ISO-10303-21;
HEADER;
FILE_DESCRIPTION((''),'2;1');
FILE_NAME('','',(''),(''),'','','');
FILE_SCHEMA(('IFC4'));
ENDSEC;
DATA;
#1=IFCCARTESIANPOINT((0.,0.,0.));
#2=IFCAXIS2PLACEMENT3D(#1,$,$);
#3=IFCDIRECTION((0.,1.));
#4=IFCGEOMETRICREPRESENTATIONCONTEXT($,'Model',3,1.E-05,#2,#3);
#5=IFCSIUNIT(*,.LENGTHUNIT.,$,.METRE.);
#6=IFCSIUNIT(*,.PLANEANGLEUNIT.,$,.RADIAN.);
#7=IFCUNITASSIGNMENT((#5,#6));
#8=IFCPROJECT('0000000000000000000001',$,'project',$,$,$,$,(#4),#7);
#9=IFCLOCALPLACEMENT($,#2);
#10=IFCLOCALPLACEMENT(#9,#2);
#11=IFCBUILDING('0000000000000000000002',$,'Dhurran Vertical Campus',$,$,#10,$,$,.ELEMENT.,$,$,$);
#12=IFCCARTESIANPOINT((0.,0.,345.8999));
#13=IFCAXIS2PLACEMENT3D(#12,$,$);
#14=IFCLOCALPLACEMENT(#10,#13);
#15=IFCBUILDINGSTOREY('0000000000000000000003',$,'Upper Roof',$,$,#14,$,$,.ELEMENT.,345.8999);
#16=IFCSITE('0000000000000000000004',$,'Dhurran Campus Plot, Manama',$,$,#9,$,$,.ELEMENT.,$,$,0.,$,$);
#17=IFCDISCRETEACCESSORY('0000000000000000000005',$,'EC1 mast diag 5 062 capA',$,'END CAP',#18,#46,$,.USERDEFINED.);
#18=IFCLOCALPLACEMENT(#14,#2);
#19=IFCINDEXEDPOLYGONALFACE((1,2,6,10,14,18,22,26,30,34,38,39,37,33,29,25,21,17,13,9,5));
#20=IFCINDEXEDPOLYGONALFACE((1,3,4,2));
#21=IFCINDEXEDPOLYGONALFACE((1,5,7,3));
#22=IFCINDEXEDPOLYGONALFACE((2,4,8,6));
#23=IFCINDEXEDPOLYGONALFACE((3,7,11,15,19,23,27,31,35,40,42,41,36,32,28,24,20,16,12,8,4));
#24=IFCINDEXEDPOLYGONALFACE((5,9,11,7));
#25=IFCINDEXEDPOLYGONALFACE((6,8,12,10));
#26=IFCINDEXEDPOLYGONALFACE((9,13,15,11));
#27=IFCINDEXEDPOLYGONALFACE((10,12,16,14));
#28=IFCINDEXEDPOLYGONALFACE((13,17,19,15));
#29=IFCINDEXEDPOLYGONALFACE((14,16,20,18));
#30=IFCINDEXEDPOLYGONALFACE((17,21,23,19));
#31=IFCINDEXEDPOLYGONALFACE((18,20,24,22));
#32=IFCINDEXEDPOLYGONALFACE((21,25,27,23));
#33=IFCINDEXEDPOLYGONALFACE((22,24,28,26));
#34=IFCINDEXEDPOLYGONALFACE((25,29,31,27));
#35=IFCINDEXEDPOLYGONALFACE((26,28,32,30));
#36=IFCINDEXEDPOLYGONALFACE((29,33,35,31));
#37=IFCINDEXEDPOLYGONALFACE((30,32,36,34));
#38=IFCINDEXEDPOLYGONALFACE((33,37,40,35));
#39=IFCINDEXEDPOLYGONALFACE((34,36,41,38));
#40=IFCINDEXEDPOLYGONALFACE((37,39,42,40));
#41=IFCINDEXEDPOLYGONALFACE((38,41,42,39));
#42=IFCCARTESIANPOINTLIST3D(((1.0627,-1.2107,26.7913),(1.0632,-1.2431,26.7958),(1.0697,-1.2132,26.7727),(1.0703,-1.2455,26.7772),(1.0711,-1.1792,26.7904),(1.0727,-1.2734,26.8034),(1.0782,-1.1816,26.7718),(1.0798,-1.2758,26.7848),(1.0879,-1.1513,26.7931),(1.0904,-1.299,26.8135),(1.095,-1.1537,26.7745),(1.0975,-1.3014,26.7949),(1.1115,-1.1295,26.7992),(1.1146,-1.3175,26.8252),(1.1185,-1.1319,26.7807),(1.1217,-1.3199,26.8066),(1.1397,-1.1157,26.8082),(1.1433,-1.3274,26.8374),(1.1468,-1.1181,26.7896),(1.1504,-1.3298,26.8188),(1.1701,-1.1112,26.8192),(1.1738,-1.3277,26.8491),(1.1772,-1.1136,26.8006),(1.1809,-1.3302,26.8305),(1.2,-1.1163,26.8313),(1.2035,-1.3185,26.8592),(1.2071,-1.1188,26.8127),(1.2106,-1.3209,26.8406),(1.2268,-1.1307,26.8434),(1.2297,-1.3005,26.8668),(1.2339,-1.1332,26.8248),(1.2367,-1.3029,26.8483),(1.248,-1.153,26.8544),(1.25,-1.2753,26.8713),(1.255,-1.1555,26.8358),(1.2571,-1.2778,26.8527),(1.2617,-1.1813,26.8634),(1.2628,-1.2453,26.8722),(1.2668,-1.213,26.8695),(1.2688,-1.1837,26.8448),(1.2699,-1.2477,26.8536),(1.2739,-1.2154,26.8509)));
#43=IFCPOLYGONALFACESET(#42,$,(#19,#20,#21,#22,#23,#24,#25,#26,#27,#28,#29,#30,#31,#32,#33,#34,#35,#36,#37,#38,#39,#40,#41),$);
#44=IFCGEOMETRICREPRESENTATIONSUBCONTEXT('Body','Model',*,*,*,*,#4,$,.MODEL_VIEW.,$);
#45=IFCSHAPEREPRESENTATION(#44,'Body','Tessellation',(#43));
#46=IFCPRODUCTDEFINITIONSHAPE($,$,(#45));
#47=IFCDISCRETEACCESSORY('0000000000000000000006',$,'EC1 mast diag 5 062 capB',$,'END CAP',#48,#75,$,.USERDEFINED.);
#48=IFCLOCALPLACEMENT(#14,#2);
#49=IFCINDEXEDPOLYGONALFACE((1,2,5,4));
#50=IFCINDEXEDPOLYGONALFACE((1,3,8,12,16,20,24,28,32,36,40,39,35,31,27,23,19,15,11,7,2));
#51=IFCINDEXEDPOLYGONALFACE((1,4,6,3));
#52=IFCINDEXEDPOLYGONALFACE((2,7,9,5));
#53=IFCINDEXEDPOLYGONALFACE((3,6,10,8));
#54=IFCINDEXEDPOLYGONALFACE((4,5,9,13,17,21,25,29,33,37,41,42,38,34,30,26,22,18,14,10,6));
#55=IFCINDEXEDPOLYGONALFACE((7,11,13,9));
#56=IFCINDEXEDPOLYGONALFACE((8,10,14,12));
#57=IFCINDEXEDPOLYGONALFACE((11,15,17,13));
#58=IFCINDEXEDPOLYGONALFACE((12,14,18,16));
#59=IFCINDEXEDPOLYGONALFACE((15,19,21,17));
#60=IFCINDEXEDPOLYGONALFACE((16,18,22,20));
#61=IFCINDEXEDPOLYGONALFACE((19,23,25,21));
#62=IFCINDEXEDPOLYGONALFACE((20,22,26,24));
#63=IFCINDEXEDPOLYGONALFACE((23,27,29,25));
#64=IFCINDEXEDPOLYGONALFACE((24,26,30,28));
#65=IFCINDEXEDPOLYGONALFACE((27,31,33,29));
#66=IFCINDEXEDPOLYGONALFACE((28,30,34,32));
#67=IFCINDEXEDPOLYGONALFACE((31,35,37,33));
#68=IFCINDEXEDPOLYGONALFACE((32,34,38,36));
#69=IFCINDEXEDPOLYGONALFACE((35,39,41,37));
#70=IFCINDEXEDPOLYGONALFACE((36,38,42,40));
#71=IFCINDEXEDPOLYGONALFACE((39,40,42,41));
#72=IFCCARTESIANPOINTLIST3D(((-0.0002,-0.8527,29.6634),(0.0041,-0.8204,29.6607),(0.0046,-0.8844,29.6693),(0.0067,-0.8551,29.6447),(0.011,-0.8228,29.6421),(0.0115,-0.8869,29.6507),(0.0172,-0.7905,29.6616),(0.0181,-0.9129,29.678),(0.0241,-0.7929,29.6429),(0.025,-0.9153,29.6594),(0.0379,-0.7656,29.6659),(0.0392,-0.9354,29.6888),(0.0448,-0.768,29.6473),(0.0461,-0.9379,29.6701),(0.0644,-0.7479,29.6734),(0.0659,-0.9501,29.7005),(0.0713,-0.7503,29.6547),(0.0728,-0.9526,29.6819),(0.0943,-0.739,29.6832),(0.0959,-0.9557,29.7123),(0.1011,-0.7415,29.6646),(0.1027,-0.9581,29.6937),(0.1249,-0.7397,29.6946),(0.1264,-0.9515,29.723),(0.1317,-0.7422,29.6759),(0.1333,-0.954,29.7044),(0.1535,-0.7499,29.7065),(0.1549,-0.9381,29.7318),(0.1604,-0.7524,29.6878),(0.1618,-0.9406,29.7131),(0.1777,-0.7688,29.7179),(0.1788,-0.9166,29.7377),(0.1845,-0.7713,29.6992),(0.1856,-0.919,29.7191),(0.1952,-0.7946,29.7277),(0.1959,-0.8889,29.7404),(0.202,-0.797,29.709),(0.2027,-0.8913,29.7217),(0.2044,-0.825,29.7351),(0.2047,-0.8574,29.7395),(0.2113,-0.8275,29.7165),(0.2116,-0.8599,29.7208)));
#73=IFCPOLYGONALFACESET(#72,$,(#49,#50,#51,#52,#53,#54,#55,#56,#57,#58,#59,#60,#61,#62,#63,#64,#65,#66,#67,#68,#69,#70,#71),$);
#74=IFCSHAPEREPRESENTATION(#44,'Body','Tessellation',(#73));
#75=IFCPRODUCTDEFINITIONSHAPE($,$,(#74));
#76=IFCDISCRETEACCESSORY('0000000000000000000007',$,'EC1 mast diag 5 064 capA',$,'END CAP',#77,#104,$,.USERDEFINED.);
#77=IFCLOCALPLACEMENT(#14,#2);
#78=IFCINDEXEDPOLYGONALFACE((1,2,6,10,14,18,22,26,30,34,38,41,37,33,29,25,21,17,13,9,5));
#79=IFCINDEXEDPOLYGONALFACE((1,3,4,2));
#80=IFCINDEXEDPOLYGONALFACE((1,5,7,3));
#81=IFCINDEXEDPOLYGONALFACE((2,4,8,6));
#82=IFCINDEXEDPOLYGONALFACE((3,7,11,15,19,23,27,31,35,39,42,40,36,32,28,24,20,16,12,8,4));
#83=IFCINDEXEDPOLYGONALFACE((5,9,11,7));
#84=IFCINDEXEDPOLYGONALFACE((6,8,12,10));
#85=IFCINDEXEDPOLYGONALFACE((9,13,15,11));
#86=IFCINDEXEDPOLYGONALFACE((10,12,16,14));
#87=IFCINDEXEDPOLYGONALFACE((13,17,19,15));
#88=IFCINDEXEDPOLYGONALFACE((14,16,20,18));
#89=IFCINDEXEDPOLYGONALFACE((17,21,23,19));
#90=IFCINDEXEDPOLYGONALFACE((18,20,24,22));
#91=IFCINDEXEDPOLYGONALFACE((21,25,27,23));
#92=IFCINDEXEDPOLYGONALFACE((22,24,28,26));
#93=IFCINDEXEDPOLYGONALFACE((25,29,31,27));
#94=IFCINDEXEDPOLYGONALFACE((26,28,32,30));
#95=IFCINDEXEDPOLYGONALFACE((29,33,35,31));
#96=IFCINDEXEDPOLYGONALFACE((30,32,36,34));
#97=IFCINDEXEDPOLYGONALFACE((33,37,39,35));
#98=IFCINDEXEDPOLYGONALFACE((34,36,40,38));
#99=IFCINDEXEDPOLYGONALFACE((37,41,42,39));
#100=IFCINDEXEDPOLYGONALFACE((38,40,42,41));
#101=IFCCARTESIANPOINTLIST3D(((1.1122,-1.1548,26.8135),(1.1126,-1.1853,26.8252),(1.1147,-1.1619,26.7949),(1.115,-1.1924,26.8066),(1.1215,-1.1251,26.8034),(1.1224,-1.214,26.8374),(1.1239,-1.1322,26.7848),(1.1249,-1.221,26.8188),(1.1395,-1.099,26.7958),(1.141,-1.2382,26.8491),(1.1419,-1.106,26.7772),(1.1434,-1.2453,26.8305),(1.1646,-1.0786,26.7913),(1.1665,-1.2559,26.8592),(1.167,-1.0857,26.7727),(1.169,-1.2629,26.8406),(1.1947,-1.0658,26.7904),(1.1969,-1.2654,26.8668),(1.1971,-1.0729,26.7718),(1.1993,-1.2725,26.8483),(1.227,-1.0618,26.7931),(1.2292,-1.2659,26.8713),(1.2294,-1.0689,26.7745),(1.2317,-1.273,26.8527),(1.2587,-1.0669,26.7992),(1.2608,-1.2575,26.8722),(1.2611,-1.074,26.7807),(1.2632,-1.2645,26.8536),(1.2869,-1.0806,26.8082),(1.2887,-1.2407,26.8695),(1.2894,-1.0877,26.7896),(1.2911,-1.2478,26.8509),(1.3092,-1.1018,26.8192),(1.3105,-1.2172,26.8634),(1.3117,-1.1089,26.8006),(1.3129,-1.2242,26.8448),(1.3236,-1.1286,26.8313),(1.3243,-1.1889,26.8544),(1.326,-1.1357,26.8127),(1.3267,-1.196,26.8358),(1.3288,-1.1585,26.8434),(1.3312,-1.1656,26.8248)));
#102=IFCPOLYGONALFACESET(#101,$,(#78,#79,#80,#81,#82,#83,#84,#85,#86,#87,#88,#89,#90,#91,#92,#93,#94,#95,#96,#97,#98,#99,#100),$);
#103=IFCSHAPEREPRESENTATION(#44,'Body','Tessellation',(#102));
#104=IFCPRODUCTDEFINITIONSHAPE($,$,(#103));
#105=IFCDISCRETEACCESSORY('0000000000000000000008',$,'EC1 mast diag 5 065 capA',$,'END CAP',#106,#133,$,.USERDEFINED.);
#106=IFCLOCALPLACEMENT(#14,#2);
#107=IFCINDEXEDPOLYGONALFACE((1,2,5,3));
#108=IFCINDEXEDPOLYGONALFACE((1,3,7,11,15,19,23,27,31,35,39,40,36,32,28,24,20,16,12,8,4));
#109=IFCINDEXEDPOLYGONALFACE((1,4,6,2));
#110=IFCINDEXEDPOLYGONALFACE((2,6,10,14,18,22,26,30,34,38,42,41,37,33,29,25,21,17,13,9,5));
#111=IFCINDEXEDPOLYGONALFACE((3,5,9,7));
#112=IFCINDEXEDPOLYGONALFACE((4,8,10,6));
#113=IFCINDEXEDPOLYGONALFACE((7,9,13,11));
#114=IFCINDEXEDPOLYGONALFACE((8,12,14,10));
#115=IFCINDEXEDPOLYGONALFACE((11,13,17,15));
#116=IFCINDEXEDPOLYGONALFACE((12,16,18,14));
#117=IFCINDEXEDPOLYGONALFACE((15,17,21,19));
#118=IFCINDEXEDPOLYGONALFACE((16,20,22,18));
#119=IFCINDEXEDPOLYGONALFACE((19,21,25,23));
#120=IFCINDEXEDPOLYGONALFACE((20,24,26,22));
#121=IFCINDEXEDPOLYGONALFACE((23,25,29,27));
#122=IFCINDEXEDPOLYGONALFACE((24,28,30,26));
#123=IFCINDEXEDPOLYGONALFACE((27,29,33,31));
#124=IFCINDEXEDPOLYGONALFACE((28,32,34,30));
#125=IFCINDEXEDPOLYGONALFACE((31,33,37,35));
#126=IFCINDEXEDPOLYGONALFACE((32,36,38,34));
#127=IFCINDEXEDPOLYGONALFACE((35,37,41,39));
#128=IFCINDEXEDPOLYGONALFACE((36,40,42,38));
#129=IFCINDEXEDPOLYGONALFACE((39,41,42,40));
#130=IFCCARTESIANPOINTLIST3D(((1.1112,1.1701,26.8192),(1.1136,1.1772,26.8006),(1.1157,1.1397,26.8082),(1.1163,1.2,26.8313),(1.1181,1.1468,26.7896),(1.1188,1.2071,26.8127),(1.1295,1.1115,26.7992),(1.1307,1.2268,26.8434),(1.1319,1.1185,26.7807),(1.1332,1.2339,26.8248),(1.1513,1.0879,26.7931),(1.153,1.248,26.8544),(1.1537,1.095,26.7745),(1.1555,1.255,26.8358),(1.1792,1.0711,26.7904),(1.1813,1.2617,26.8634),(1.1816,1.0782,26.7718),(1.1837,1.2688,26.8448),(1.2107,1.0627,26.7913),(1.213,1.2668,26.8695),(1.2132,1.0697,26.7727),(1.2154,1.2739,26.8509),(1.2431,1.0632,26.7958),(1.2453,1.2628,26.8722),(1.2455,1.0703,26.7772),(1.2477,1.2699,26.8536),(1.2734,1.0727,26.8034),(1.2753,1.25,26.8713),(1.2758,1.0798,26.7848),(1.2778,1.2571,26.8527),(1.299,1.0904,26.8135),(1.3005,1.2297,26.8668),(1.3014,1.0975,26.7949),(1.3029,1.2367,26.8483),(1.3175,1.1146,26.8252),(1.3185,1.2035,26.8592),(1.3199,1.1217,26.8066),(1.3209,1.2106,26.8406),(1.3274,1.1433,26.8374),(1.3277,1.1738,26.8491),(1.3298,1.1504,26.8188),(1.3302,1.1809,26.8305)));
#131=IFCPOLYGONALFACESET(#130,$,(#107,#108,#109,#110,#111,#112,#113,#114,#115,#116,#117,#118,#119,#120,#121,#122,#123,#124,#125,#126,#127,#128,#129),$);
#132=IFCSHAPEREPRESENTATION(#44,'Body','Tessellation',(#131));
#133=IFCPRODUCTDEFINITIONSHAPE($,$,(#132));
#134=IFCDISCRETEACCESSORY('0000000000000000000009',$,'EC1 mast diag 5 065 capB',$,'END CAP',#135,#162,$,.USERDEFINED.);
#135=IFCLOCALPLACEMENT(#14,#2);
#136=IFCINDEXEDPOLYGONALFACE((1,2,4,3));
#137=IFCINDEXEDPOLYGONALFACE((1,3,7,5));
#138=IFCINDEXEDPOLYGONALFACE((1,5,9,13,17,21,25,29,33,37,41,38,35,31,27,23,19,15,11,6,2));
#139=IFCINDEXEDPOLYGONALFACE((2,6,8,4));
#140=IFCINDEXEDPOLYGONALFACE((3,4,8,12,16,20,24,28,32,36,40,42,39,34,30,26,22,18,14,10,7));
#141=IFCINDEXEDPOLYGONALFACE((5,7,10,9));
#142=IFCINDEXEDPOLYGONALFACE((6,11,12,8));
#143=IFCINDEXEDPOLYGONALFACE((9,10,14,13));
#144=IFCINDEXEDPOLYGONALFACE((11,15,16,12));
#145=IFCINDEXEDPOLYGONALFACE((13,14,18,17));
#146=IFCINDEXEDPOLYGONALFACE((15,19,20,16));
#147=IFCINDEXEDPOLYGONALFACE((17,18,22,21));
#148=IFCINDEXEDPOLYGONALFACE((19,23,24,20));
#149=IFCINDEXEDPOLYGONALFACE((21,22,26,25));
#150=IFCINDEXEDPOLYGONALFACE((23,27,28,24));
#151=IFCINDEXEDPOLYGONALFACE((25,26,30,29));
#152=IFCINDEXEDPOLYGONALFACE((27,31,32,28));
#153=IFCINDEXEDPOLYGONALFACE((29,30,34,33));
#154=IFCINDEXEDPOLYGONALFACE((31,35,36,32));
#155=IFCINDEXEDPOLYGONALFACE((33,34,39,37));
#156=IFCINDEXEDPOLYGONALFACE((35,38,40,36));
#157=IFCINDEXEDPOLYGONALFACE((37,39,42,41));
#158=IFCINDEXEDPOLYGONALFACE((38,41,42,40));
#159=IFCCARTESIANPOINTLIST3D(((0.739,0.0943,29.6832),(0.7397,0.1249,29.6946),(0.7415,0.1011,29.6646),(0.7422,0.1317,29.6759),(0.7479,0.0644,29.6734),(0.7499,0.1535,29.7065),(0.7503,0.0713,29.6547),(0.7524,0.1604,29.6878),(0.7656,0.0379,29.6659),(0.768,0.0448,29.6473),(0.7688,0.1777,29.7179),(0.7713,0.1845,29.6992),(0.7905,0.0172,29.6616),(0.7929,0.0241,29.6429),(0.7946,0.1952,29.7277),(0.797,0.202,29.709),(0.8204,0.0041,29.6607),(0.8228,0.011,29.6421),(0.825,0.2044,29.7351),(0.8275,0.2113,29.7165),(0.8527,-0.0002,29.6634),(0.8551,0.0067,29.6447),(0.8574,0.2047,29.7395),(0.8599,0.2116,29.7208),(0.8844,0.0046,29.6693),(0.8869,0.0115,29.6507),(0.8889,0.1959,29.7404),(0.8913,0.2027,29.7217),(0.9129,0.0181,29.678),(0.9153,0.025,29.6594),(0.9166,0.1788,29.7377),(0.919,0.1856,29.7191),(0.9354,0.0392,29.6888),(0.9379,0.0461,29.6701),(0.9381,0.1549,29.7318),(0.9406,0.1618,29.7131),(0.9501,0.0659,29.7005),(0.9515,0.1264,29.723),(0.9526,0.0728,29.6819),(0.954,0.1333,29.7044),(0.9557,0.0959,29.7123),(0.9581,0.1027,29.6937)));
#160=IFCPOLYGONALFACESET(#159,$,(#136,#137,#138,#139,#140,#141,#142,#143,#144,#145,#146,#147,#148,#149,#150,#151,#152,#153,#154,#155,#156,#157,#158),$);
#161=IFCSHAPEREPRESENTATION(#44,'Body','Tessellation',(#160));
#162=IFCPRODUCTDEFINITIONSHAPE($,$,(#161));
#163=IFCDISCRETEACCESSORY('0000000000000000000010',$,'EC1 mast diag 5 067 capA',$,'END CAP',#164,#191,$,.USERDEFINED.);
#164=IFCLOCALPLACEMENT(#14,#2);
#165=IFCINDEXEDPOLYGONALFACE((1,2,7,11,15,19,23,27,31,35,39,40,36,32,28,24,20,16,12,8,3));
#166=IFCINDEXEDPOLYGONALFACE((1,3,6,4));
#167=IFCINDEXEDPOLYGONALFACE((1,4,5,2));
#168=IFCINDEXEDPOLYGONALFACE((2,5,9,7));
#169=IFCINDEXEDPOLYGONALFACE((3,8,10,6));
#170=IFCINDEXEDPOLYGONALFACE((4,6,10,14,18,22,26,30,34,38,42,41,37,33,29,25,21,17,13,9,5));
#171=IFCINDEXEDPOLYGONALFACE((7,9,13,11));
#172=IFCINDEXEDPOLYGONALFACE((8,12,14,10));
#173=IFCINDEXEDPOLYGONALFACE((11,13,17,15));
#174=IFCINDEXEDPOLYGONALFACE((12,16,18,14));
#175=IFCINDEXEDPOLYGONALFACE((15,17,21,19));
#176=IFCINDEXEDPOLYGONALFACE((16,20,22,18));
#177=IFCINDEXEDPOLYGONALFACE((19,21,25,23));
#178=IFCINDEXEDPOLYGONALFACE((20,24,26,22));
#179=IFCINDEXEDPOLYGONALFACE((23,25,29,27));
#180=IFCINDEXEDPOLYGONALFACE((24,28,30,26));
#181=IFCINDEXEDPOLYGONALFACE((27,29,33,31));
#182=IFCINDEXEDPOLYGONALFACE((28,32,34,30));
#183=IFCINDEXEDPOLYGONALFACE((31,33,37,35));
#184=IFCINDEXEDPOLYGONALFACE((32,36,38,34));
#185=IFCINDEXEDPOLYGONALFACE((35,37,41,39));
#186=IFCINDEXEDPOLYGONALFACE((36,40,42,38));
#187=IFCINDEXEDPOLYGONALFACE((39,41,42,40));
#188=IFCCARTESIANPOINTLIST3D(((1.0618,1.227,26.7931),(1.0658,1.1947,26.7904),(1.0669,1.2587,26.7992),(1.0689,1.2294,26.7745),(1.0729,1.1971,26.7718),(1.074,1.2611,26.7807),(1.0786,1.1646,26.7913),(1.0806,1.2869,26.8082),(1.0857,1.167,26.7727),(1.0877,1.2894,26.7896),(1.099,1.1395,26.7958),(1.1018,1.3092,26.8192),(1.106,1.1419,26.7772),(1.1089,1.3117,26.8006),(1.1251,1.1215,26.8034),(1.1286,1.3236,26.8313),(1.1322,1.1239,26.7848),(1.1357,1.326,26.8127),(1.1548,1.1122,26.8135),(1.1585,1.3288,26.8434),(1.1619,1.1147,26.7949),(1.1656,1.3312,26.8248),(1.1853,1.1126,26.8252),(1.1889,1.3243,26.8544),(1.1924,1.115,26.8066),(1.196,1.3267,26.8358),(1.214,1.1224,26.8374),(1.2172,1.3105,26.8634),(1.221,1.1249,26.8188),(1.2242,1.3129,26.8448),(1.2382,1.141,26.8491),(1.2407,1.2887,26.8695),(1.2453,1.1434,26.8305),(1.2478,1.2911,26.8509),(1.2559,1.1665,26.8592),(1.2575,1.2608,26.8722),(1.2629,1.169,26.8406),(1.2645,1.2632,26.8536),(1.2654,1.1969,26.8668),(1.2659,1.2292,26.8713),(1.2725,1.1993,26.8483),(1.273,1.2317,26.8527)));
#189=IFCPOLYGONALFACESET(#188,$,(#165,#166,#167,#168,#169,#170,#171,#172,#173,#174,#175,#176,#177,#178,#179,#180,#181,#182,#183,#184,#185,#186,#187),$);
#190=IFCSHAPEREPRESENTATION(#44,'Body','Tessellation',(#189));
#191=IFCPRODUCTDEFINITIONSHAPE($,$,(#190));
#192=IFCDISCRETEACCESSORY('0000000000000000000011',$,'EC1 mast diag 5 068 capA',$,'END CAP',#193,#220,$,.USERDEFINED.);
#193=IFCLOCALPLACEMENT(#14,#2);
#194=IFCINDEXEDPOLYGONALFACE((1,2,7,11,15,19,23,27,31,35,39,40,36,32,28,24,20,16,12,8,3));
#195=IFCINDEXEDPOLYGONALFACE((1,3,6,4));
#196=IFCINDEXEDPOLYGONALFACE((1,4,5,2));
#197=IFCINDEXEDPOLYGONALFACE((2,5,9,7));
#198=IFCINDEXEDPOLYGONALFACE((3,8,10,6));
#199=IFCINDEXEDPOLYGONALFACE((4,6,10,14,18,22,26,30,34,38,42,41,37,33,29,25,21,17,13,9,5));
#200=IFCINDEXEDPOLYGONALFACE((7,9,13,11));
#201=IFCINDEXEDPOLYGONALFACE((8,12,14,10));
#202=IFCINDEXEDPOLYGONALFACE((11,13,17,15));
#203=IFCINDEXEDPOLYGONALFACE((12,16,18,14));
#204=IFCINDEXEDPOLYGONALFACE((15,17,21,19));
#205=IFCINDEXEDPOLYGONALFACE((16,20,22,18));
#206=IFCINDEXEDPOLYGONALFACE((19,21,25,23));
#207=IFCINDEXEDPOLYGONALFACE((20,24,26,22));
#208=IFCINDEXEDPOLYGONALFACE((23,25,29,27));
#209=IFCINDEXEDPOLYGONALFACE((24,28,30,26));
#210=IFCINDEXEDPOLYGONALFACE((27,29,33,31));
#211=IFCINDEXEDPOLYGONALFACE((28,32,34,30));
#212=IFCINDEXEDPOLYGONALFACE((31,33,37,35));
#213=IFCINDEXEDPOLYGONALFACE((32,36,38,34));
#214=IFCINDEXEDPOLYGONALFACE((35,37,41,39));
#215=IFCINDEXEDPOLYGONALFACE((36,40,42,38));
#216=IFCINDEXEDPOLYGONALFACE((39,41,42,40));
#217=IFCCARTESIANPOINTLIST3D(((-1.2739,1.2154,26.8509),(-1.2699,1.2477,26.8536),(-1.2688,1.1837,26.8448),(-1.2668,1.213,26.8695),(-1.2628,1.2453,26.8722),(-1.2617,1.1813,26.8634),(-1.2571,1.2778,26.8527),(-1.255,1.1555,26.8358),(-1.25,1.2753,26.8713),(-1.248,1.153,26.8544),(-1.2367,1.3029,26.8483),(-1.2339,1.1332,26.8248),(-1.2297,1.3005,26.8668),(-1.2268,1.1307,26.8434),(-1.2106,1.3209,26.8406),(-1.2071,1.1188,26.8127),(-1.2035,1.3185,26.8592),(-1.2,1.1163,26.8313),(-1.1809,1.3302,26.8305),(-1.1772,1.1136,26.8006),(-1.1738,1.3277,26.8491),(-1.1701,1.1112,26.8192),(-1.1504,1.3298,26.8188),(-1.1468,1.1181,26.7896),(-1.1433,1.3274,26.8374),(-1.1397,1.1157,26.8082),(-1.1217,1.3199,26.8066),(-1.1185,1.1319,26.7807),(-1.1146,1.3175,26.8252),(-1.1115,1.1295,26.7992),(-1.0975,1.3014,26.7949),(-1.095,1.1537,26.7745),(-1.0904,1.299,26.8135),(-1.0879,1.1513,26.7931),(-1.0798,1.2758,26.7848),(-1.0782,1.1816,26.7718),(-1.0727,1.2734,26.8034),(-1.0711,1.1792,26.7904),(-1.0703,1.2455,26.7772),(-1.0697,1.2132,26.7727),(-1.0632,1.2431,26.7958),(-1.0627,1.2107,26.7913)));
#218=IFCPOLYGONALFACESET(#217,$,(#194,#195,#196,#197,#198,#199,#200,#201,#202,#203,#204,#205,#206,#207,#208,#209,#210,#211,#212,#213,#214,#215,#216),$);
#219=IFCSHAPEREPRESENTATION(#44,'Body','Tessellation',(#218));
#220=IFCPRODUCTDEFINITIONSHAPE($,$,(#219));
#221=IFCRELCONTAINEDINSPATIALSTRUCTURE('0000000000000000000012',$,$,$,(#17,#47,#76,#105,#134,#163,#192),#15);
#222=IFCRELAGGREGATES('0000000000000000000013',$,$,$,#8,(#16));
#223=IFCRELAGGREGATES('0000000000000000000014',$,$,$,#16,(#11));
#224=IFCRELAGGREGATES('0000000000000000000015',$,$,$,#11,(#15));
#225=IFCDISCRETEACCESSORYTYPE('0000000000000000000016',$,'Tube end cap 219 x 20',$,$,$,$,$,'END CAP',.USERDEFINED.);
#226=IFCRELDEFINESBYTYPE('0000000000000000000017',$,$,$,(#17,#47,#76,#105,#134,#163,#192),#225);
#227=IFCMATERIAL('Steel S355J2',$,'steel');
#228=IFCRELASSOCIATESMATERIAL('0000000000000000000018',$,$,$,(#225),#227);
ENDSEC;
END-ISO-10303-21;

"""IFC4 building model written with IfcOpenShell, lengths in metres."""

from ifc_helpers import new_model, si_unit, direction, frame, origin, origin_2d, place, context, subcontext, project, spatial, circle, extrude, material, material_profile, profile_set, type_object, element, save


model = new_model("IFC4")

# Units and contexts
model_context = context("Model", 3, precision=1e-05, world=origin(), true_north=direction((0.0, 1.0)))
body_context = subcontext(model_context, "Body", "Model", "MODEL_VIEW")
ifc_project = project(units=[si_unit("LENGTHUNIT", "METRE"), si_unit("PLANEANGLEUNIT", "RADIAN")], contexts=[model_context])

# Site, building, storey
site_placement = place(None, origin())
site = spatial("IfcSite", under=ifc_project, at=site_placement, Name="Dhurran Campus Plot, Manama", CompositionType="ELEMENT", RefElevation=0.0)
building_placement = place(site_placement, origin())
building = spatial("IfcBuilding", under=site, at=building_placement, Name="Dhurran Vertical Campus", CompositionType="ELEMENT")
storey_placement = place(building_placement, frame((0.0, 0.0, 345.8999)))
storey = spatial("IfcBuildingStorey", under=building, at=storey_placement, Name="Upper Roof", CompositionType="ELEMENT", Elevation=345.8999)

# Discrete accessories
ifc_material_1 = material(Name="Steel S355J2", Category="steel")
ifc_material_profile_1 = material_profile(ifc_material_1, circle(Radius=0.1096, at=origin_2d()), Name="Tube end cap 219 x 20")
ifc_profile_set_1 = profile_set([ifc_material_profile_1], Name="Steel S355J2")
discrete_accessory_type = type_object("IfcDiscreteAccessoryType", Name="Tube end cap 219 x 20", ElementType="END CAP", PredefinedType="USERDEFINED", material=ifc_profile_set_1)
for number, where, z_axis, x_axis, name in (
    (1, (1.1643, -1.22, 26.8313), (0.353843, -0.122015, -0.927312), (0.325991, 0.945373, 0.0), "EC1 mast diag 5 062 capA"),
    (2, (0.1096, -0.8494, 29.6819), (-0.3431, 0.122536, 0.931272), (-0.336336, -0.941742, 0.0), "EC1 mast diag 5 062 capB"),
    (3, (1.22, -1.1643, 26.8313), (0.122015, -0.353843, -0.927312), (0.945373, 0.325991, 0.0), "EC1 mast diag 5 064 capA"),
    (4, (1.22, 1.1643, 26.8313), (0.122015, 0.353843, -0.927312), (-0.945373, 0.325991, 0.0), "EC1 mast diag 5 065 capA"),
    (5, (0.8494, 0.1096, 29.6819), (-0.122536, -0.3431, 0.931272), (0.941742, -0.336336, 0.0), "EC1 mast diag 5 065 capB"),
    (6, (1.1643, 1.22, 26.8313), (0.353843, 0.122015, -0.927312), (-0.325991, 0.945373, 0.0), "EC1 mast diag 5 067 capA"),
    (7, (-1.1643, 1.22, 26.8313), (-0.353843, 0.122015, -0.927312), (-0.325991, -0.945373, 0.0), "EC1 mast diag 5 068 capA"),
):
    element("IfcDiscreteAccessory", number, at=place(storey_placement, frame(where, z_axis=z_axis, x_axis=x_axis)), inside=storey, type_object=discrete_accessory_type, Name=name, ObjectType="END CAP", PredefinedType="USERDEFINED", context=body_context, shape_type="SweptSolid", body=[
        extrude(circle(Radius=0.1096, at=origin_2d()), origin(), (0.0, 0.0, 1.0), 0.02),
    ])

save(model, "model.ifc")
